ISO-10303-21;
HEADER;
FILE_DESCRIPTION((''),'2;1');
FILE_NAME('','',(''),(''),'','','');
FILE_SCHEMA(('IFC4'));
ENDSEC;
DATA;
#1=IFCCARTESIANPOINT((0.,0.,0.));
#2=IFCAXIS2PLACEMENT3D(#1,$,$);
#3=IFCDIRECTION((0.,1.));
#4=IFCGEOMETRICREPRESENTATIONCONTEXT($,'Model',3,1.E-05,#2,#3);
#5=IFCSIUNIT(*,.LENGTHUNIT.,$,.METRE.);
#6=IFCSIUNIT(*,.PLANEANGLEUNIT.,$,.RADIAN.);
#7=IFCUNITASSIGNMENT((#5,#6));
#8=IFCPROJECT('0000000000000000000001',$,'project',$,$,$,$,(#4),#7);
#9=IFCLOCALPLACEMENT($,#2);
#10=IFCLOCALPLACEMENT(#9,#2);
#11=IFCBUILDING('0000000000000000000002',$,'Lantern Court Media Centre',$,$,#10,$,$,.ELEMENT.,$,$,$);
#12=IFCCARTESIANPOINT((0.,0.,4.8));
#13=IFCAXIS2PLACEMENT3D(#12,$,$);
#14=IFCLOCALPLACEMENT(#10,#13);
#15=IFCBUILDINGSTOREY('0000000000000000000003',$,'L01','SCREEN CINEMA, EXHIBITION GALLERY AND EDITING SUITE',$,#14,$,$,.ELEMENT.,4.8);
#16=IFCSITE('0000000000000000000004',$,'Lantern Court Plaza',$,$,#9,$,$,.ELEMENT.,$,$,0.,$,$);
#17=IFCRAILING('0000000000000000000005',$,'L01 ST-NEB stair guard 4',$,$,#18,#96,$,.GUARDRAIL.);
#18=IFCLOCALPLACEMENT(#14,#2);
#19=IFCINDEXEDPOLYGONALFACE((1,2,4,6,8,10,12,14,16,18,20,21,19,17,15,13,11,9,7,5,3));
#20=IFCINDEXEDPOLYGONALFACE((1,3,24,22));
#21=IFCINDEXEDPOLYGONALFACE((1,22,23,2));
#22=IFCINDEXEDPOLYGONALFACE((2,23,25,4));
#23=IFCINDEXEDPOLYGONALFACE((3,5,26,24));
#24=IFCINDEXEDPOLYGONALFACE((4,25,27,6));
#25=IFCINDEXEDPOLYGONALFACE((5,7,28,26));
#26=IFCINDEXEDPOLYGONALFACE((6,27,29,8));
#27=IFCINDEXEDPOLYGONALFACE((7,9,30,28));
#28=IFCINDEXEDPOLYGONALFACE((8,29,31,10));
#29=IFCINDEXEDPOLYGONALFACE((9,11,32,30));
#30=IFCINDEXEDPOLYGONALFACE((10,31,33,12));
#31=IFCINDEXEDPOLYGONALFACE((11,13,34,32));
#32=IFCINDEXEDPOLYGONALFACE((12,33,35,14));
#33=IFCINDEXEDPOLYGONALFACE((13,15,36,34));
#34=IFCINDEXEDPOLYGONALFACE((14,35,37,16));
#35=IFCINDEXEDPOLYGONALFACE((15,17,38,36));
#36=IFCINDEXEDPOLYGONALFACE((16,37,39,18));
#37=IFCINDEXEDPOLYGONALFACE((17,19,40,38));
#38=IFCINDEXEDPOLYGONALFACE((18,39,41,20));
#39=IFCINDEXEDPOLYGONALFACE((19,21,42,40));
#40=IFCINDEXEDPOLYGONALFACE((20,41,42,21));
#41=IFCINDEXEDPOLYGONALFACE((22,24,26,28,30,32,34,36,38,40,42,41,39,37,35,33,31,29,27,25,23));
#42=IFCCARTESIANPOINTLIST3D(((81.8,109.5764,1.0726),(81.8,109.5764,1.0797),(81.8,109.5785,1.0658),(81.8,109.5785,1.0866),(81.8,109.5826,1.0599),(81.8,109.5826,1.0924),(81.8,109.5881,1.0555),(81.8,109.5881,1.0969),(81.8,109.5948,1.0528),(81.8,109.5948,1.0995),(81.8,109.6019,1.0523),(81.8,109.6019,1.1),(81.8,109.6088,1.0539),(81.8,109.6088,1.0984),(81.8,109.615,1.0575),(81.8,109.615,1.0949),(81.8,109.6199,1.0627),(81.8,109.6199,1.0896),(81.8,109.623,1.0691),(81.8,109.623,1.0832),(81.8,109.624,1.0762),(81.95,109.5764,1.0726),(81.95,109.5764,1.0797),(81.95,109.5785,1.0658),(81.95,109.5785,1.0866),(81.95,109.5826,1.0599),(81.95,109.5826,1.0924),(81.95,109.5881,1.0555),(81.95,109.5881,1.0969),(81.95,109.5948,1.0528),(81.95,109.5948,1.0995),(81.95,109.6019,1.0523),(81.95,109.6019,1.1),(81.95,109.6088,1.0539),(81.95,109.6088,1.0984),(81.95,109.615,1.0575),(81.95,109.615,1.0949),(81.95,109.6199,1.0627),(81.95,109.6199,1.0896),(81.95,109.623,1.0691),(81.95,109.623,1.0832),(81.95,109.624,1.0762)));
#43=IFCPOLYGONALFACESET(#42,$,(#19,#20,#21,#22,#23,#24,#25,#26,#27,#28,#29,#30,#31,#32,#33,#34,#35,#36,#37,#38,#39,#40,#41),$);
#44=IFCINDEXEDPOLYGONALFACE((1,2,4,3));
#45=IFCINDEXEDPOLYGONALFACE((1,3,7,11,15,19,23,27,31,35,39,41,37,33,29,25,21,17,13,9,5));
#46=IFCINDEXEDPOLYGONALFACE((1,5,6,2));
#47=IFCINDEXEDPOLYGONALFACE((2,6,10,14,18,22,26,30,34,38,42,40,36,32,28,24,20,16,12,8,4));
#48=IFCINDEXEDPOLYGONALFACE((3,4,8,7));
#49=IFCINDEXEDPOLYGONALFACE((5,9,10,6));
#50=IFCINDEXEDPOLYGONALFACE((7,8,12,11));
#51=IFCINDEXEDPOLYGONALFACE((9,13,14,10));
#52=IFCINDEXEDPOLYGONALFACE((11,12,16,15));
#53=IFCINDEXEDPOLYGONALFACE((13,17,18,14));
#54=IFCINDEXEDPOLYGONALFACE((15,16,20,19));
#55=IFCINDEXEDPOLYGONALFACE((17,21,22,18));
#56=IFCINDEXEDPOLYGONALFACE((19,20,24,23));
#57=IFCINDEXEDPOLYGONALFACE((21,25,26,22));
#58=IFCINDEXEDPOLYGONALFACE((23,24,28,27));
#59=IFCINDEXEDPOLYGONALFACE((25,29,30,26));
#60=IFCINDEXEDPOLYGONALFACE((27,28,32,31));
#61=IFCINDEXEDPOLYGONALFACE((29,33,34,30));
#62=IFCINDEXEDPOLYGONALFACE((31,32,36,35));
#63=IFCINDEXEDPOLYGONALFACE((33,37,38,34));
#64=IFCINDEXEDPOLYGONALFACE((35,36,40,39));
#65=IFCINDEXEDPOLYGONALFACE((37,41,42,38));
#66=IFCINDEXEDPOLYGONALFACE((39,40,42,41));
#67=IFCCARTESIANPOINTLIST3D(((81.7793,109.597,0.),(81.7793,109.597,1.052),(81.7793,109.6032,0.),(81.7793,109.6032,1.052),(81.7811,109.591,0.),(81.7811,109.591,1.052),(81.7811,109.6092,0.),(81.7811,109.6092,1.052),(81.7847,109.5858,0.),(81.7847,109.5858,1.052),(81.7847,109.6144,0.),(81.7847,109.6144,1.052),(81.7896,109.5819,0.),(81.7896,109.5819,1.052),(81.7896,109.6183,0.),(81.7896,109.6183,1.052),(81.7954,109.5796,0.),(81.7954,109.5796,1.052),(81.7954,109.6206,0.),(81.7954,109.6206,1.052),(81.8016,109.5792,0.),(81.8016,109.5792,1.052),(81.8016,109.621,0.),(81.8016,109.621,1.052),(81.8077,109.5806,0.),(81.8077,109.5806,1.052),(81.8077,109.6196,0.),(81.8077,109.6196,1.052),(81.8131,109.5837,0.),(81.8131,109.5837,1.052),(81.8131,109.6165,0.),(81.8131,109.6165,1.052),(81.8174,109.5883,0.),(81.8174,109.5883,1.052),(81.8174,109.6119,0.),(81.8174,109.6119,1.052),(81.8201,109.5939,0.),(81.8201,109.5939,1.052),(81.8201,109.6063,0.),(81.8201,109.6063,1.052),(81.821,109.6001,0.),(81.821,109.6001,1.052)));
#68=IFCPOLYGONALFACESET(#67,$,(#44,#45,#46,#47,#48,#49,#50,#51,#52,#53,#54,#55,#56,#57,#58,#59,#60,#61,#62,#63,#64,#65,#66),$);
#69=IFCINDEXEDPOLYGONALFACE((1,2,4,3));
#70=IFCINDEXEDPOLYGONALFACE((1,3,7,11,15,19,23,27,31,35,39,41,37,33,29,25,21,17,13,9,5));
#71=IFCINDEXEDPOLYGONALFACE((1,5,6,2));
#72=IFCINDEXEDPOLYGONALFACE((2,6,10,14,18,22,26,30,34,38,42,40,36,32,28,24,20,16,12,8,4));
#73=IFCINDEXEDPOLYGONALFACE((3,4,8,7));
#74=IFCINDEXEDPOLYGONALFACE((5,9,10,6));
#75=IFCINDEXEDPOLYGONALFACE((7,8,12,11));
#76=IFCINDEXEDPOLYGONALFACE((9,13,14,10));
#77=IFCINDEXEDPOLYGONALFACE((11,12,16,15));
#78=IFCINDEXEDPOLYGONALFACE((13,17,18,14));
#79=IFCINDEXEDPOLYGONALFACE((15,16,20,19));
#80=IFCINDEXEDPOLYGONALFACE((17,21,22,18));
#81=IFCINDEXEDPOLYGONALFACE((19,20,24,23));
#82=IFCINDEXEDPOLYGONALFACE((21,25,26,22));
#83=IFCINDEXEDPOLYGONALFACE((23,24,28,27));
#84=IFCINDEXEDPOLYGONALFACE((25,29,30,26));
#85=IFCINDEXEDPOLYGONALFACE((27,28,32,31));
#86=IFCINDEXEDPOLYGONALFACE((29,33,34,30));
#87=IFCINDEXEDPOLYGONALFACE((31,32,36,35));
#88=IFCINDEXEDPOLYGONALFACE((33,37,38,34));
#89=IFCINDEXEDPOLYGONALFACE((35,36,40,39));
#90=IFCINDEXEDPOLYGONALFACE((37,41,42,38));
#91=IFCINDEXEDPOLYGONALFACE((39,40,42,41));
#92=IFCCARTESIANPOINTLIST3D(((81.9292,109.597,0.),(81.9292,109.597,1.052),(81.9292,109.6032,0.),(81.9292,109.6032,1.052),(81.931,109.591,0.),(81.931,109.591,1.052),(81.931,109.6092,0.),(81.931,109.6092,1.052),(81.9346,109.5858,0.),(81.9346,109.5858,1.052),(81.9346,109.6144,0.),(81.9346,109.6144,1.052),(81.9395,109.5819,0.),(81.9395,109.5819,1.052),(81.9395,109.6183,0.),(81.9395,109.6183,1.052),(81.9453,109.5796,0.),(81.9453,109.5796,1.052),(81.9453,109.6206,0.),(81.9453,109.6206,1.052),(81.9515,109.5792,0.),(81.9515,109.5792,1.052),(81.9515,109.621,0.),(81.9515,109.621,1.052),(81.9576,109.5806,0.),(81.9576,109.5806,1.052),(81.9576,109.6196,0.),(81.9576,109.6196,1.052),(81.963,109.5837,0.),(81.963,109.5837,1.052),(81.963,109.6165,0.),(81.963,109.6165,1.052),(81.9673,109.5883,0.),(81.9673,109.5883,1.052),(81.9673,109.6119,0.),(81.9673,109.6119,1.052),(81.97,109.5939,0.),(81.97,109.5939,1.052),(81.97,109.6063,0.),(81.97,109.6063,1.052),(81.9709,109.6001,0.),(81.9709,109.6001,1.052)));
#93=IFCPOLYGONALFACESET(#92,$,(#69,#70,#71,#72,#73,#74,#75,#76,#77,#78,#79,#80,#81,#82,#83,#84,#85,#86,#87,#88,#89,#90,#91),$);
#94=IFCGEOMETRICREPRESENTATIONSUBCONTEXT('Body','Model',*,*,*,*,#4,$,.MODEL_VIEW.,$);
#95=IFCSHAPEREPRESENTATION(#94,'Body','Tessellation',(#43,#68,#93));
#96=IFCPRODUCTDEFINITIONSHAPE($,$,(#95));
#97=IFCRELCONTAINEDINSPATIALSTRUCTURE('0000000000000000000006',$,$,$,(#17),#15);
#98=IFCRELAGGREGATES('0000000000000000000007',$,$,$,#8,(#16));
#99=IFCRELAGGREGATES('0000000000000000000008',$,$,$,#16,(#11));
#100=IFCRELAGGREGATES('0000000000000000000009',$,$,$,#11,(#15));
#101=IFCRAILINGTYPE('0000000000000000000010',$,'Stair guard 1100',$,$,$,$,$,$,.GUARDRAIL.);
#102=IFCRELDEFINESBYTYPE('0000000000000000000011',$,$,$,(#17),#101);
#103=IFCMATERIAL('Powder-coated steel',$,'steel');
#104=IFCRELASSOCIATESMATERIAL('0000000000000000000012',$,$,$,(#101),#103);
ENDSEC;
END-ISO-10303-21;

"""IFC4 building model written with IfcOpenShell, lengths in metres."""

from ifc_helpers import new_model, si_unit, direction, frame, origin, origin_2d, place, context, subcontext, project, spatial, circle, extrude, material, type_object, element, save


model = new_model("IFC4")

# Units and contexts
model_context = context("Model", 3, precision=1e-05, world=origin(), true_north=direction((0.0, 1.0)))
body_context = subcontext(model_context, "Body", "Model", "MODEL_VIEW")
ifc_project = project(units=[si_unit("LENGTHUNIT", "METRE"), si_unit("PLANEANGLEUNIT", "RADIAN")], contexts=[model_context])

# Site, building, storey
site_placement = place(None, origin())
site = spatial("IfcSite", under=ifc_project, at=site_placement, Name="Lantern Court Plaza", CompositionType="ELEMENT", RefElevation=0.0)
building_placement = place(site_placement, origin())
building = spatial("IfcBuilding", under=site, at=building_placement, Name="Lantern Court Media Centre", CompositionType="ELEMENT")
storey_placement = place(building_placement, frame((0.0, 0.0, 4.8)))
storey = spatial("IfcBuildingStorey", under=building, at=storey_placement, Name="L01", Description="SCREEN CINEMA, EXHIBITION GALLERY AND EDITING SUITE", CompositionType="ELEMENT", Elevation=4.8)

# Shared definitions
ifc_material_1 = material(Name="Powder-coated steel", Category="steel")

# Railing
railing_type_1 = type_object("IfcRailingType", Name="Stair guard 1100", PredefinedType="GUARDRAIL", material=ifc_material_1)
railing_1_placement = place(storey_placement, frame((81.8, 109.6001, 0.0)))
element("IfcRailing", 1, at=railing_1_placement, inside=storey, type_object=railing_type_1, Name="L01 ST-NEB stair guard 4", PredefinedType="GUARDRAIL", context=body_context, shape_type="SweptSolid", body=[
    extrude(circle(Radius=0.0239, at=origin_2d()), frame((0.0, 0.0, 1.0762), z_axis=(1.0, 0.0, 0.0), x_axis=(0.0, 1.0, 0.0)), (0.0, 0.0, 1.0), 0.1499),
    extrude(circle(Radius=0.021, at=origin_2d()), origin(), (0.0, 0.0, 1.0), 1.052),
    extrude(circle(Radius=0.021, at=origin_2d()), frame((0.1499, 0.0, 0.0)), (0.0, 0.0, 1.0), 1.052),
])

save(model, "model.ifc")
